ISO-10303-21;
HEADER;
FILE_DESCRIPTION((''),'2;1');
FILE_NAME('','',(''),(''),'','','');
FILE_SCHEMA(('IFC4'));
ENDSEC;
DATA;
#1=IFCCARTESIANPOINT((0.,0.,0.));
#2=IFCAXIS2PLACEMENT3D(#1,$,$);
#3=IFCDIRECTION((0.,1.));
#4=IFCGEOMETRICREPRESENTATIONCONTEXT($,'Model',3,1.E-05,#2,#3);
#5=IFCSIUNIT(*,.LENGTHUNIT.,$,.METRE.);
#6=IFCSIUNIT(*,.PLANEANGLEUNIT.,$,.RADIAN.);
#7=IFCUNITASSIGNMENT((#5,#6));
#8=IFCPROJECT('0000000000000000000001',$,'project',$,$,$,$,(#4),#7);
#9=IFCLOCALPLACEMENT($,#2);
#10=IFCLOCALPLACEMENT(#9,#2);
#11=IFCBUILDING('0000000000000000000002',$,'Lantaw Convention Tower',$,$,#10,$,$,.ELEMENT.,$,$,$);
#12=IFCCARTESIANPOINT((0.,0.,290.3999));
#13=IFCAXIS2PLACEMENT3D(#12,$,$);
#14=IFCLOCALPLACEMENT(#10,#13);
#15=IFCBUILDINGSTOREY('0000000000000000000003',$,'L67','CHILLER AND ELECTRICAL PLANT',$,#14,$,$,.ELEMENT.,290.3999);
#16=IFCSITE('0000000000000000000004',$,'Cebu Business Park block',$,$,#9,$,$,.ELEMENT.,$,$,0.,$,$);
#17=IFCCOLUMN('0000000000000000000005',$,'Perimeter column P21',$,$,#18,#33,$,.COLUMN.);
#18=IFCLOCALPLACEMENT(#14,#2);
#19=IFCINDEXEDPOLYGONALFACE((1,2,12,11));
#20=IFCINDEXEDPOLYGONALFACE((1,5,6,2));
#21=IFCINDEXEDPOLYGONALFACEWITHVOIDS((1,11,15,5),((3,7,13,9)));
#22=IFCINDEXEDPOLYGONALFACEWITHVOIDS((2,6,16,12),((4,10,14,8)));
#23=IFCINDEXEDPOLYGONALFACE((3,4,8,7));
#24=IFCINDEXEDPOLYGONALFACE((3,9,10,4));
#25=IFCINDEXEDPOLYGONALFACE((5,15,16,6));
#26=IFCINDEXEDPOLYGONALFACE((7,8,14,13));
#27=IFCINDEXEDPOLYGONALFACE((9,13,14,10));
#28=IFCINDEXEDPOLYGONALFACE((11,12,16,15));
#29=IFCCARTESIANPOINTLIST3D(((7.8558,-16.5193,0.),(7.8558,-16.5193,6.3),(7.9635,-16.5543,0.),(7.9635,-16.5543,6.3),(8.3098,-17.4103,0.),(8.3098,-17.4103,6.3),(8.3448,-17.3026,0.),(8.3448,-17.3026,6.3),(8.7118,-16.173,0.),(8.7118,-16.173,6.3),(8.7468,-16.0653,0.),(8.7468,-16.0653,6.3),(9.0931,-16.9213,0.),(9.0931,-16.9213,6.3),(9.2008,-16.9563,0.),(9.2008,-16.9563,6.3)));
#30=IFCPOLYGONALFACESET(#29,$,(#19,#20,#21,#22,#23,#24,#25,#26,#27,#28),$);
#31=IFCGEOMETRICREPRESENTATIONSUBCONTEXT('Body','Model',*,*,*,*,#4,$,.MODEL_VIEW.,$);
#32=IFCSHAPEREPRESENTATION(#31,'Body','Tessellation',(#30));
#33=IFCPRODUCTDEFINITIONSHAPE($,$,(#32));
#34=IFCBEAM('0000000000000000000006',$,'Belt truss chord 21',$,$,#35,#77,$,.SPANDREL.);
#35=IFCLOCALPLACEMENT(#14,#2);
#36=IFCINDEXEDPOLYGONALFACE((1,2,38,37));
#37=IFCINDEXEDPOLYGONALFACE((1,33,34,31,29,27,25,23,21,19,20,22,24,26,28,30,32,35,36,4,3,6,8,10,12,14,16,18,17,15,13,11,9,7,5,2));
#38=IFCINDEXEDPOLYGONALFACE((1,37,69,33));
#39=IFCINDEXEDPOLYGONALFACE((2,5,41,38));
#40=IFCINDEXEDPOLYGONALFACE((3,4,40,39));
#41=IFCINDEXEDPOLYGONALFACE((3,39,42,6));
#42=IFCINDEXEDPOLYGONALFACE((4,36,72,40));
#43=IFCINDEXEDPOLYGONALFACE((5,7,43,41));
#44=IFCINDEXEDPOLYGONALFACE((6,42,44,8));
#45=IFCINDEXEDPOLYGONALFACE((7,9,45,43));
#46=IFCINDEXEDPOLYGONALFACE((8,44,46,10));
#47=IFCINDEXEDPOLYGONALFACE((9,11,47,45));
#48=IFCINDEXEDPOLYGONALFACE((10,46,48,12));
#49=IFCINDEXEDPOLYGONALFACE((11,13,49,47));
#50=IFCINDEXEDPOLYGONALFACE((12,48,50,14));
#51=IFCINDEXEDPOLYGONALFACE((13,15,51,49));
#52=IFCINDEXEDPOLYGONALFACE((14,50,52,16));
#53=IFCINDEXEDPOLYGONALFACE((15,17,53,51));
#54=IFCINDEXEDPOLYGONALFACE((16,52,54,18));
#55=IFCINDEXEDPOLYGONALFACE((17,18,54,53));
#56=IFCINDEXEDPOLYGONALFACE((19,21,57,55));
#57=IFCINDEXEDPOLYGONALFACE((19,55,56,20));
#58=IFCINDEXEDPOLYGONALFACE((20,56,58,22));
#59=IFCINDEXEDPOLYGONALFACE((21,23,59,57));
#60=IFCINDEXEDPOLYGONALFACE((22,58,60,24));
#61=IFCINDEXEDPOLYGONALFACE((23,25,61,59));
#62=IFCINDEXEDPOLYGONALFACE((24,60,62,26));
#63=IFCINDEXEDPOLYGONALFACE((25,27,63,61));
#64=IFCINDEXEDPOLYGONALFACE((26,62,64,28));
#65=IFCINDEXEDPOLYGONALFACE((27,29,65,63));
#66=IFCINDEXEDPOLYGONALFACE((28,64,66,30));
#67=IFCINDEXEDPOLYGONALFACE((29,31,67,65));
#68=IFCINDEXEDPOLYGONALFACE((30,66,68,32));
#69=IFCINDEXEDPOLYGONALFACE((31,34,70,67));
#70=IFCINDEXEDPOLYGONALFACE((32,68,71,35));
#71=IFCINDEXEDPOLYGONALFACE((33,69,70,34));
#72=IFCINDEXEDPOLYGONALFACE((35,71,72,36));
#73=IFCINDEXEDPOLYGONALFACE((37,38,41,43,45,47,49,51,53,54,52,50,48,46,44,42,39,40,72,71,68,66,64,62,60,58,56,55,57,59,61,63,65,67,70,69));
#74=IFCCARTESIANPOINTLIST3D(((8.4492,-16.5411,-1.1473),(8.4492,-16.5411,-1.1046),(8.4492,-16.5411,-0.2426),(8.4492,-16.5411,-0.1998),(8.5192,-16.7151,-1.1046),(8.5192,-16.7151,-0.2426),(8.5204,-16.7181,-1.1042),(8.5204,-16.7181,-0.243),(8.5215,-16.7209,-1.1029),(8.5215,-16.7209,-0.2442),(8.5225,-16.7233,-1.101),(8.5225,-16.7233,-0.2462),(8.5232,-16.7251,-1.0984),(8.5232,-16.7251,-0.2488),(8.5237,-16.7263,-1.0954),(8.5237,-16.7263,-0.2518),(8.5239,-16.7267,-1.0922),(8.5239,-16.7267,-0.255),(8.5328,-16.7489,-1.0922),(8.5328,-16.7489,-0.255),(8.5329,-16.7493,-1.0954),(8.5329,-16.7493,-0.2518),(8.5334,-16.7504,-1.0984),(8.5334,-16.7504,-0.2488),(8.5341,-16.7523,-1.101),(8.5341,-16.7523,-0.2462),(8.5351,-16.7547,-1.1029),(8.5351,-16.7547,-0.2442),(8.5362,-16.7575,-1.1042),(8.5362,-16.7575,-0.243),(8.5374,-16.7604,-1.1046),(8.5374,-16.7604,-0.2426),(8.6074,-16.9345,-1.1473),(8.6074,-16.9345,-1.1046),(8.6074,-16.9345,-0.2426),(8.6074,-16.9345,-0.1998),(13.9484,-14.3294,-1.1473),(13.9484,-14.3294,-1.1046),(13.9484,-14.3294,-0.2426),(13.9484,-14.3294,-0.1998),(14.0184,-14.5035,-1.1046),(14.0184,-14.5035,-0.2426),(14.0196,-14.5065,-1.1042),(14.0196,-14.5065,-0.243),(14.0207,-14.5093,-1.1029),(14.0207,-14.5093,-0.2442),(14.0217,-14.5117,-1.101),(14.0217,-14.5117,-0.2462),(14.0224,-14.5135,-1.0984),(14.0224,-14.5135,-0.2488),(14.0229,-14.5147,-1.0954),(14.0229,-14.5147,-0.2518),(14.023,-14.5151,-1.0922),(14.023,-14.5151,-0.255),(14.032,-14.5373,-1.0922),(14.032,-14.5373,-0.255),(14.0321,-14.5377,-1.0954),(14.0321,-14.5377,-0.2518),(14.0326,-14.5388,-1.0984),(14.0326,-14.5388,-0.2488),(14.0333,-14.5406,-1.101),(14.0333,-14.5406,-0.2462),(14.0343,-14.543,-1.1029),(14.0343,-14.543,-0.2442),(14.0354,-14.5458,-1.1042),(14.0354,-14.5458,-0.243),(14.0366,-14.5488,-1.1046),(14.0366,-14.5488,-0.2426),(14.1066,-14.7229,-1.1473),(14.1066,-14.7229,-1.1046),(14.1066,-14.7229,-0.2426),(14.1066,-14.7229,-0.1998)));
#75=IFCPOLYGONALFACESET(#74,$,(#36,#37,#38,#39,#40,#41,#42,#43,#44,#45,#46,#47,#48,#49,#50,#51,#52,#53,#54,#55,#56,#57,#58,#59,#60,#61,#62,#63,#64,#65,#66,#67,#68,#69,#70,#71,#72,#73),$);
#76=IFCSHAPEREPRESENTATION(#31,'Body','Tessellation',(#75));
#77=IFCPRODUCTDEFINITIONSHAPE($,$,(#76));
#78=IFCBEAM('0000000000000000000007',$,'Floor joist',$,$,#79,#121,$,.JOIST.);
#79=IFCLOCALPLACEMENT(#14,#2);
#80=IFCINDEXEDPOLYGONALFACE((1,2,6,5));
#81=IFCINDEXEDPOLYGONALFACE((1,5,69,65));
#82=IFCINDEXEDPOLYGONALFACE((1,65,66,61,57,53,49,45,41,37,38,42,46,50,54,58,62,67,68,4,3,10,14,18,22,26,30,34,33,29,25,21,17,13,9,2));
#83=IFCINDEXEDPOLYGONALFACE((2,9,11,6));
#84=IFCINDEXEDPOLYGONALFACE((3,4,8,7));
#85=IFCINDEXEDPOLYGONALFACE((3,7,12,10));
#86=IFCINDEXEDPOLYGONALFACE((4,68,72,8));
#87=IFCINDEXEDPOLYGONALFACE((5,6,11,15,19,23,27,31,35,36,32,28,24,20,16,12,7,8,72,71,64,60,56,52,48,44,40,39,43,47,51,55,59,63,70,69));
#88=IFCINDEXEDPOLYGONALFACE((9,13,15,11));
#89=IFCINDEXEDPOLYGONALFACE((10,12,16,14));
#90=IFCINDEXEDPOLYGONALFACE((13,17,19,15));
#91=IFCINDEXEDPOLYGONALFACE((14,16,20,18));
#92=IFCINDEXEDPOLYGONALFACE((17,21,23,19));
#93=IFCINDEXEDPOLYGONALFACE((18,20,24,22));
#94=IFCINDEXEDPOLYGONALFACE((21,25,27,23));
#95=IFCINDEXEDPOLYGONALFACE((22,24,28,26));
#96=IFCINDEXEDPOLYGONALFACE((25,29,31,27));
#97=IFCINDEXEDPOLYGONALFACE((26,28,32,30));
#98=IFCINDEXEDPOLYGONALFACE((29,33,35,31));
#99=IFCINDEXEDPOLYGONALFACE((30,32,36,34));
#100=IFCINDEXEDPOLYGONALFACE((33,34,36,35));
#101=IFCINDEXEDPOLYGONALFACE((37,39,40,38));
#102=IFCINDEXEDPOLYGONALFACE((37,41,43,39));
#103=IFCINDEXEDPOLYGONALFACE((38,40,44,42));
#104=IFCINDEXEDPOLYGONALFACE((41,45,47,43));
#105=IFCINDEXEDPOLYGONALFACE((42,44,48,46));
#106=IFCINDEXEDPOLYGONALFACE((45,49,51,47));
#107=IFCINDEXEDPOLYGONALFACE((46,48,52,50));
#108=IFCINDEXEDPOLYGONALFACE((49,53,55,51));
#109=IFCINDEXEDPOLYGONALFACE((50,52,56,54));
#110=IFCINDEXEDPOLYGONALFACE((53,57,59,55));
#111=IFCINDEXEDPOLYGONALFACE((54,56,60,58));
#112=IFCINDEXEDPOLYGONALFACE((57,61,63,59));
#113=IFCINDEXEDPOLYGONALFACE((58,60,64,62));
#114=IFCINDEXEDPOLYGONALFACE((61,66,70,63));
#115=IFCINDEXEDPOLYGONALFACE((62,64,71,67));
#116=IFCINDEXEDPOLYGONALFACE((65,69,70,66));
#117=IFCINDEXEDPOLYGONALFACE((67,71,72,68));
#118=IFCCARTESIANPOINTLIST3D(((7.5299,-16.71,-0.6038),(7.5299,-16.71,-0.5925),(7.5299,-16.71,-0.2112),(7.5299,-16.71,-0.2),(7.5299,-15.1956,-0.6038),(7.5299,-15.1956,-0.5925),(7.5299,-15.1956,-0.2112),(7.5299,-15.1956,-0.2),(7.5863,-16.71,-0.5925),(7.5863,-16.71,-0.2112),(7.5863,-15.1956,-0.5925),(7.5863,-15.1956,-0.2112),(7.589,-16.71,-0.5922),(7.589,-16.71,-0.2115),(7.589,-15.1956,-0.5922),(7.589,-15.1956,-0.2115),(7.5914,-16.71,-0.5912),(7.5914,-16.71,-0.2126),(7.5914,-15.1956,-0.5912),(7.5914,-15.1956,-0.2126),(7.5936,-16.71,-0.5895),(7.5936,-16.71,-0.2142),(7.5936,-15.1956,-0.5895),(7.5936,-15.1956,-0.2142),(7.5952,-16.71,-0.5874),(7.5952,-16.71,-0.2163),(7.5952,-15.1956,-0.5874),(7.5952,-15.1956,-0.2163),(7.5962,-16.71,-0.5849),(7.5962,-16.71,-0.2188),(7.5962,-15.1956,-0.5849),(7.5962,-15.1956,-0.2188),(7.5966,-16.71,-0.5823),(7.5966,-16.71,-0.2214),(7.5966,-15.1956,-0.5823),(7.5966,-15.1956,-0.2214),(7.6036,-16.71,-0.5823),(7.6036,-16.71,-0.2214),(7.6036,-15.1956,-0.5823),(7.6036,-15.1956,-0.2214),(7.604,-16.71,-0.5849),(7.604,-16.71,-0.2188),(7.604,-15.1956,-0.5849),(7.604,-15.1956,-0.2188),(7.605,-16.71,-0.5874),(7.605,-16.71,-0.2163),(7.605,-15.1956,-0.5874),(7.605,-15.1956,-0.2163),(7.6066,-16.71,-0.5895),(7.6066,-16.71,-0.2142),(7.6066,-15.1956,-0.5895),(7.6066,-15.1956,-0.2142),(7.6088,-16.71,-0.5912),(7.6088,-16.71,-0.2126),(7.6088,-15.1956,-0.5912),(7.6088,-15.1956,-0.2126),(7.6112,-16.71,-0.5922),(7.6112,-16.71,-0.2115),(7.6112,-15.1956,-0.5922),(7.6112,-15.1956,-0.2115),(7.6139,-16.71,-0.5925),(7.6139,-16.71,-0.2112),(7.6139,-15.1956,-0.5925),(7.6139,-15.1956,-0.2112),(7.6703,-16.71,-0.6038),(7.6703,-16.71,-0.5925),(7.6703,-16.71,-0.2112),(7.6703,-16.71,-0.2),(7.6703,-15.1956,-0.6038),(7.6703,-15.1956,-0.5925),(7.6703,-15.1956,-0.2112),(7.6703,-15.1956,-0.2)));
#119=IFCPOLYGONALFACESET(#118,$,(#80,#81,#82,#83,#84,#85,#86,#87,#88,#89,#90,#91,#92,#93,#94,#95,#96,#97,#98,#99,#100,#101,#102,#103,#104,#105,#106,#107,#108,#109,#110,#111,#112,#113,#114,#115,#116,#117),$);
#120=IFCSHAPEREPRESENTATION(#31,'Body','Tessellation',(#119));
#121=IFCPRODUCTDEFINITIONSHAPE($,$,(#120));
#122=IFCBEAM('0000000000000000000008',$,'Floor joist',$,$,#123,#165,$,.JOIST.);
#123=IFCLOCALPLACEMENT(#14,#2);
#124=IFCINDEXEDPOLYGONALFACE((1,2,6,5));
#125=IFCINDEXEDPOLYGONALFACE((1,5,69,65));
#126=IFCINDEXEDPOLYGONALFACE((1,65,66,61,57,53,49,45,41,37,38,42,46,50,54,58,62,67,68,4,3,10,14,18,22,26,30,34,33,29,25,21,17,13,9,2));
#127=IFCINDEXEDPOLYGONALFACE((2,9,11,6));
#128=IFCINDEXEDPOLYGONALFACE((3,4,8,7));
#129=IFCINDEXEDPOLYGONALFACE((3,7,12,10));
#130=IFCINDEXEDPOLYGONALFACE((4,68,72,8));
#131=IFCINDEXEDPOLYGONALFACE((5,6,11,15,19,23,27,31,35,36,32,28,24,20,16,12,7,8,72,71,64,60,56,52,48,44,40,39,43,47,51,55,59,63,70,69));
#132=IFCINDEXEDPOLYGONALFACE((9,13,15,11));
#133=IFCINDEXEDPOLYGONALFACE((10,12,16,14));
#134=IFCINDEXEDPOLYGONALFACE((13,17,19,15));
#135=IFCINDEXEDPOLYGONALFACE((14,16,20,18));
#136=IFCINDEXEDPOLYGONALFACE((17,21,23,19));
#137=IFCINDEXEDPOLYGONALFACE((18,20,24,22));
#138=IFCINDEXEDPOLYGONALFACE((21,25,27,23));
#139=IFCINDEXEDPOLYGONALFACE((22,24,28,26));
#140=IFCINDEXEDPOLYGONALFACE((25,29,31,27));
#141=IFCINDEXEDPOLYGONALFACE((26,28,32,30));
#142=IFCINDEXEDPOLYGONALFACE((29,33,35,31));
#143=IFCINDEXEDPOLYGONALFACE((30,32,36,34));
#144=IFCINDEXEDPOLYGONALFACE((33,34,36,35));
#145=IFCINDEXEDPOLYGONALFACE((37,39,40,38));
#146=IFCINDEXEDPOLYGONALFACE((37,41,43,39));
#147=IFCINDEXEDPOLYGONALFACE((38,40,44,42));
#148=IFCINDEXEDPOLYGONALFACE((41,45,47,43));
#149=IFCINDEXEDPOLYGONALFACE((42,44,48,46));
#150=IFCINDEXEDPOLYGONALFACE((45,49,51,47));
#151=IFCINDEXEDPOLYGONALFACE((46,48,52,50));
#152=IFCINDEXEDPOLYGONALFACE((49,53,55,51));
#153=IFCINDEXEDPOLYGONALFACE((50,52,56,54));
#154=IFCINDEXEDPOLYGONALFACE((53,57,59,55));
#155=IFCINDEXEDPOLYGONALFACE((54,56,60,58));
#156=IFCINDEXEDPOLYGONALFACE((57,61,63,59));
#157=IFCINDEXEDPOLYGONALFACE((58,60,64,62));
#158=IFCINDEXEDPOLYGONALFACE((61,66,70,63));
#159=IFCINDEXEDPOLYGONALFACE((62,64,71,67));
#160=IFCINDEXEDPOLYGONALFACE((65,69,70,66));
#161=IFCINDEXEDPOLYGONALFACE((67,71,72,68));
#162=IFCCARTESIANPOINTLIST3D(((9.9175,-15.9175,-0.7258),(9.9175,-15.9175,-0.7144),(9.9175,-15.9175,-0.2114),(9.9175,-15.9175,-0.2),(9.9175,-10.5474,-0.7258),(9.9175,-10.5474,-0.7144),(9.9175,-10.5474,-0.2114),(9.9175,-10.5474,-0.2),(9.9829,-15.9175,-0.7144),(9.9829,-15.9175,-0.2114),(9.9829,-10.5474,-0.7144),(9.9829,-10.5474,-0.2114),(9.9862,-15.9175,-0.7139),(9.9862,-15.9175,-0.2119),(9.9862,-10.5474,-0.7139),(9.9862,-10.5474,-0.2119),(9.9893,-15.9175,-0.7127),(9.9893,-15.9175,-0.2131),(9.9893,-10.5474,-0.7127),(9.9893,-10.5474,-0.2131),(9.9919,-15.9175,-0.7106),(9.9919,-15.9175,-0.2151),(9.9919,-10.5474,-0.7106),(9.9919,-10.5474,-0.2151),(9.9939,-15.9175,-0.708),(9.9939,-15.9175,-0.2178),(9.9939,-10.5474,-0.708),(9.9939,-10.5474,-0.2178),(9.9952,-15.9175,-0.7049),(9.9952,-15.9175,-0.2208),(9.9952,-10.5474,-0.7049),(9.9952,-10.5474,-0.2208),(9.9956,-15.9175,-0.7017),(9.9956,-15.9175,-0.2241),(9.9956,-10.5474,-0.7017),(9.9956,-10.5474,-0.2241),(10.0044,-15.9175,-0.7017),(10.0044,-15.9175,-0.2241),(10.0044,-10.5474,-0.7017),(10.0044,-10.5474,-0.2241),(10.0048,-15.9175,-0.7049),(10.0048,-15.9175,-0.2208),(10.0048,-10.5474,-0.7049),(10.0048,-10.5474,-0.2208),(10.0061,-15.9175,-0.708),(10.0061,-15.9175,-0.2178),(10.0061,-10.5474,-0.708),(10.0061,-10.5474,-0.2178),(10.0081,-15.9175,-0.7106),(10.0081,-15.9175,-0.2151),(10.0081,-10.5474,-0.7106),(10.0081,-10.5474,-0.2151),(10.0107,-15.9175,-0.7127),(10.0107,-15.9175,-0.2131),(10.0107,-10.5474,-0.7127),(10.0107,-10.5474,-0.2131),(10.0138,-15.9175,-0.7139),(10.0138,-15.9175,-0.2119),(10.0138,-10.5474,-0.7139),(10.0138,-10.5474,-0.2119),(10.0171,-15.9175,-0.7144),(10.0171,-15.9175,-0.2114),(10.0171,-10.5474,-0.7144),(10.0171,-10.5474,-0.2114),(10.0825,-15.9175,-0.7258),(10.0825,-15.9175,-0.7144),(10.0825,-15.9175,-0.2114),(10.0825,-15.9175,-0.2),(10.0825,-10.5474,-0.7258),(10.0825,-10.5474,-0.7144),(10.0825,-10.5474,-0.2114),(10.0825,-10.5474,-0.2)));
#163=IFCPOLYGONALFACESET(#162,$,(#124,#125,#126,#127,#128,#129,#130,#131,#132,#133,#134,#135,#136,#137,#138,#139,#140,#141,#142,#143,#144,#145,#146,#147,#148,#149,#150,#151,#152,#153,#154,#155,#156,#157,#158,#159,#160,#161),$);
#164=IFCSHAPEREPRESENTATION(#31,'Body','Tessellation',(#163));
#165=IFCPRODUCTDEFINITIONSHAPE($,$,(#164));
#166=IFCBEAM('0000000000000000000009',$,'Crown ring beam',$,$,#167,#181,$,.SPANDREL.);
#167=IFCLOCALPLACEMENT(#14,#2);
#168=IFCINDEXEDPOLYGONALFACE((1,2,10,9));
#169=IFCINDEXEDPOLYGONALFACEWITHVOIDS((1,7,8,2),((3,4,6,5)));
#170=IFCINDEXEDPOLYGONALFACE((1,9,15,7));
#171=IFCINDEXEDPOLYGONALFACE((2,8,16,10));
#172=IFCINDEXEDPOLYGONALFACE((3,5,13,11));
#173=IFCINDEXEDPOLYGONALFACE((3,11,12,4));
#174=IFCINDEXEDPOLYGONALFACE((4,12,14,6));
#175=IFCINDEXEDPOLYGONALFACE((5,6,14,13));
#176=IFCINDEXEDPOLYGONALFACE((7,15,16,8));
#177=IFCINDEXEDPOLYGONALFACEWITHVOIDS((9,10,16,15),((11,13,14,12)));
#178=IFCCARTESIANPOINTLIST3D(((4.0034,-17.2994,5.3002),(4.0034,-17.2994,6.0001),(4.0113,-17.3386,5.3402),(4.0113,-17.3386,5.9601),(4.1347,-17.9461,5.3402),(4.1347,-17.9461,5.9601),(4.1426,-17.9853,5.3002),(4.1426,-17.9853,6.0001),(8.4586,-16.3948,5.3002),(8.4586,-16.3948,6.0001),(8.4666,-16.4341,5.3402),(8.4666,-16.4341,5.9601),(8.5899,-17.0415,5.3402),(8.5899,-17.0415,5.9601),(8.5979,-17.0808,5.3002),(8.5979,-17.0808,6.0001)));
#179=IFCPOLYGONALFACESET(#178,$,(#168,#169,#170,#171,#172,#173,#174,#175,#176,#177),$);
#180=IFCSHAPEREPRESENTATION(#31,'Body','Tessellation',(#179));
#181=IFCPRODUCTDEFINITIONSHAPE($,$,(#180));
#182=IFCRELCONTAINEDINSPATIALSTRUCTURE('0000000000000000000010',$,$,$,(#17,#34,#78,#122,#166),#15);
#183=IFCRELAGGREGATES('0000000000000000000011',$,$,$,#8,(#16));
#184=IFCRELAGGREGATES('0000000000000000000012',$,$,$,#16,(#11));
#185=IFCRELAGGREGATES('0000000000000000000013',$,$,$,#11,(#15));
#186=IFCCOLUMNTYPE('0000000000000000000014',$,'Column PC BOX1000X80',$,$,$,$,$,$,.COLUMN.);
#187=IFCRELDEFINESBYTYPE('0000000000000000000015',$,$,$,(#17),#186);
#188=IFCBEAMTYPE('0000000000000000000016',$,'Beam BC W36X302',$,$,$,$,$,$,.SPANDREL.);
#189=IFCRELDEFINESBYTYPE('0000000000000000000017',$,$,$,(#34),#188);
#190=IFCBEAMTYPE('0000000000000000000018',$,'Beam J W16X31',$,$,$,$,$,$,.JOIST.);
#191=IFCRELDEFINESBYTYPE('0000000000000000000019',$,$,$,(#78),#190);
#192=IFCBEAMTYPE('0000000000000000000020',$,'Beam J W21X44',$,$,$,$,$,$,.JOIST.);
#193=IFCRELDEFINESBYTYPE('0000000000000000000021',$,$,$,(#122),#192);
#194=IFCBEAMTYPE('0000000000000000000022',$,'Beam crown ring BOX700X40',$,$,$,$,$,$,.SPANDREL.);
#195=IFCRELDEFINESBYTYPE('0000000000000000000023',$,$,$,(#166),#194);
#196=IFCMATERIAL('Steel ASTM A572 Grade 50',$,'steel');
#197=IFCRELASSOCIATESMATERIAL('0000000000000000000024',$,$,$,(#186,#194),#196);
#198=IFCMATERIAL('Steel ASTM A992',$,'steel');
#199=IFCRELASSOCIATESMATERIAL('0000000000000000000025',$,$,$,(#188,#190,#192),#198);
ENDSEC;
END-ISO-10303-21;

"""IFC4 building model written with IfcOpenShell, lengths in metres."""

from ifc_helpers import new_model, si_unit, direction, frame, origin, origin_2d, place, context, subcontext, project, spatial, rectangle, hollow_rectangle, i_section, extrude, material, material_profile, profile_set, type_object, element, save


model = new_model("IFC4")

# Units and contexts
model_context = context("Model", 3, precision=1e-05, world=origin(), true_north=direction((0.0, 1.0)))
body_context = subcontext(model_context, "Body", "Model", "MODEL_VIEW")
ifc_project = project(units=[si_unit("LENGTHUNIT", "METRE"), si_unit("PLANEANGLEUNIT", "RADIAN")], contexts=[model_context])

# Site, building, storey
site_placement = place(None, origin())
site = spatial("IfcSite", under=ifc_project, at=site_placement, Name="Cebu Business Park block", CompositionType="ELEMENT", RefElevation=0.0)
building_placement = place(site_placement, origin())
building = spatial("IfcBuilding", under=site, at=building_placement, Name="Lantaw Convention Tower", CompositionType="ELEMENT")
storey_placement = place(building_placement, frame((0.0, 0.0, 290.3999)))
storey = spatial("IfcBuildingStorey", under=building, at=storey_placement, Name="L67", Description="CHILLER AND ELECTRICAL PLANT", CompositionType="ELEMENT", Elevation=290.3999)

# Column
ifc_material_1 = material(Name="Steel ASTM A572 Grade 50", Category="steel")
ifc_material_profile_1 = material_profile(ifc_material_1, hollow_rectangle(XDim=1.0, YDim=1.0, WallThickness=0.0801, at=origin_2d()), Name="BOX1000X80")
ifc_material_2 = material(Name="Concrete C60/75", Category="concrete")
ifc_material_profile_2 = material_profile(ifc_material_2, rectangle(XDim=0.8401, YDim=0.8401, at=origin_2d()), Name="Concrete fill of BOX1000X80")
ifc_profile_set_1 = profile_set([ifc_material_profile_1, ifc_material_profile_2], Name="Steel ASTM A572 Grade 50")
column_type = type_object("IfcColumnType", Name="Column PC BOX1000X80", PredefinedType="COLUMN", material=ifc_profile_set_1)
column_placement = place(storey_placement, frame((8.5283, -16.7378, 0.0), z_axis=(0.0, 0.0, 1.0), x_axis=(0.891007, 0.45399, 0.0)))
element("IfcColumn", 1, at=column_placement, inside=storey, type_object=column_type, Name="Perimeter column P21", PredefinedType="COLUMN", context=body_context, shape_type="SweptSolid", body=[
    extrude(hollow_rectangle(XDim=1.0, YDim=1.0, WallThickness=0.0801, at=origin_2d()), origin(), (0.0, 0.0, 1.0), 6.3),
])

# Beams
ifc_material_3 = material(Name="Steel ASTM A992", Category="steel")
ifc_material_profile_3 = material_profile(ifc_material_3, i_section(OverallWidth=0.4241, OverallDepth=0.9475, WebThickness=0.0239, FlangeThickness=0.0427, FilletRadius=0.0125, at=origin_2d()), Name="W36X302")
ifc_profile_set_2 = profile_set([ifc_material_profile_3], Name="Steel ASTM A992")
beam_type_1 = type_object("IfcBeamType", Name="Beam BC W36X302", PredefinedType="SPANDREL", material=ifc_profile_set_2)
beam_1_placement = place(storey_placement, frame((8.5283, -16.7378, -0.6736), z_axis=(0.927779, 0.37313, 0.0), x_axis=(-0.37313, 0.927779, 0.0)))
element("IfcBeam", 2, at=beam_1_placement, inside=storey, type_object=beam_type_1, Name="Belt truss chord 21", PredefinedType="SPANDREL", context=body_context, shape_type="SweptSolid", body=[
    extrude(i_section(OverallWidth=0.4241, OverallDepth=0.9475, WebThickness=0.0239, FlangeThickness=0.0427, FilletRadius=0.0125, at=origin_2d()), origin(), (0.0, 0.0, 1.0), 5.9272),
])
ifc_material_profile_4 = material_profile(ifc_material_3, i_section(OverallWidth=0.1404, OverallDepth=0.4038, WebThickness=0.0071, FlangeThickness=0.0112, FilletRadius=0.0103, at=origin_2d()), Name="W16X31")
ifc_profile_set_3 = profile_set([ifc_material_profile_4], Name="Steel ASTM A992")
beam_type_2 = type_object("IfcBeamType", Name="Beam J W16X31", PredefinedType="JOIST", material=ifc_profile_set_3)
beam_2_placement = place(storey_placement, frame((7.6001, -16.71, -0.4019), z_axis=(0.0, 1.0, 0.0), x_axis=(-1.0, 0.0, 0.0)))
element("IfcBeam", 3, at=beam_2_placement, inside=storey, type_object=beam_type_2, Name="Floor joist", PredefinedType="JOIST", context=body_context, shape_type="SweptSolid", body=[
    extrude(i_section(OverallWidth=0.1404, OverallDepth=0.4038, WebThickness=0.0071, FlangeThickness=0.0112, FilletRadius=0.0103, at=origin_2d()), origin(), (0.0, 0.0, 1.0), 1.5144),
])
ifc_material_profile_5 = material_profile(ifc_material_3, i_section(OverallWidth=0.165, OverallDepth=0.5259, WebThickness=0.0088, FlangeThickness=0.0115, FilletRadius=0.0127, at=origin_2d()), Name="W21X44")
ifc_profile_set_4 = profile_set([ifc_material_profile_5], Name="Steel ASTM A992")
beam_type_3 = type_object("IfcBeamType", Name="Beam J W21X44", PredefinedType="JOIST", material=ifc_profile_set_4)
beam_3_placement = place(storey_placement, frame((10.0, -15.9175, -0.4629), z_axis=(0.0, 1.0, 0.0), x_axis=(-1.0, 0.0, 0.0)))
element("IfcBeam", 4, at=beam_3_placement, inside=storey, type_object=beam_type_3, Name="Floor joist", PredefinedType="JOIST", context=body_context, shape_type="SweptSolid", body=[
    extrude(i_section(OverallWidth=0.165, OverallDepth=0.5259, WebThickness=0.0088, FlangeThickness=0.0115, FilletRadius=0.0127, at=origin_2d()), origin(), (0.0, 0.0, 1.0), 5.3701),
])
ifc_material_profile_6 = material_profile(ifc_material_1, hollow_rectangle(XDim=0.7, YDim=0.7, WallThickness=0.04, at=origin_2d()), Name="BOX700X40")
ifc_profile_set_5 = profile_set([ifc_material_profile_6], Name="Steel ASTM A572 Grade 50")
beam_type_4 = type_object("IfcBeamType", Name="Beam crown ring BOX700X40", PredefinedType="SPANDREL", material=ifc_profile_set_5)
beam_4_placement = place(storey_placement, frame((4.073, -17.6423, 5.6501), z_axis=(0.980006, 0.198966, 0.0), x_axis=(-0.198966, 0.980006, 0.0)))
element("IfcBeam", 5, at=beam_4_placement, inside=storey, type_object=beam_type_4, Name="Crown ring beam", PredefinedType="SPANDREL", context=body_context, shape_type="SweptSolid", body=[
    extrude(hollow_rectangle(XDim=0.7, YDim=0.7, WallThickness=0.04, at=origin_2d()), origin(), (0.0, 0.0, 1.0), 4.5461),
])

save(model, "model.ifc")
